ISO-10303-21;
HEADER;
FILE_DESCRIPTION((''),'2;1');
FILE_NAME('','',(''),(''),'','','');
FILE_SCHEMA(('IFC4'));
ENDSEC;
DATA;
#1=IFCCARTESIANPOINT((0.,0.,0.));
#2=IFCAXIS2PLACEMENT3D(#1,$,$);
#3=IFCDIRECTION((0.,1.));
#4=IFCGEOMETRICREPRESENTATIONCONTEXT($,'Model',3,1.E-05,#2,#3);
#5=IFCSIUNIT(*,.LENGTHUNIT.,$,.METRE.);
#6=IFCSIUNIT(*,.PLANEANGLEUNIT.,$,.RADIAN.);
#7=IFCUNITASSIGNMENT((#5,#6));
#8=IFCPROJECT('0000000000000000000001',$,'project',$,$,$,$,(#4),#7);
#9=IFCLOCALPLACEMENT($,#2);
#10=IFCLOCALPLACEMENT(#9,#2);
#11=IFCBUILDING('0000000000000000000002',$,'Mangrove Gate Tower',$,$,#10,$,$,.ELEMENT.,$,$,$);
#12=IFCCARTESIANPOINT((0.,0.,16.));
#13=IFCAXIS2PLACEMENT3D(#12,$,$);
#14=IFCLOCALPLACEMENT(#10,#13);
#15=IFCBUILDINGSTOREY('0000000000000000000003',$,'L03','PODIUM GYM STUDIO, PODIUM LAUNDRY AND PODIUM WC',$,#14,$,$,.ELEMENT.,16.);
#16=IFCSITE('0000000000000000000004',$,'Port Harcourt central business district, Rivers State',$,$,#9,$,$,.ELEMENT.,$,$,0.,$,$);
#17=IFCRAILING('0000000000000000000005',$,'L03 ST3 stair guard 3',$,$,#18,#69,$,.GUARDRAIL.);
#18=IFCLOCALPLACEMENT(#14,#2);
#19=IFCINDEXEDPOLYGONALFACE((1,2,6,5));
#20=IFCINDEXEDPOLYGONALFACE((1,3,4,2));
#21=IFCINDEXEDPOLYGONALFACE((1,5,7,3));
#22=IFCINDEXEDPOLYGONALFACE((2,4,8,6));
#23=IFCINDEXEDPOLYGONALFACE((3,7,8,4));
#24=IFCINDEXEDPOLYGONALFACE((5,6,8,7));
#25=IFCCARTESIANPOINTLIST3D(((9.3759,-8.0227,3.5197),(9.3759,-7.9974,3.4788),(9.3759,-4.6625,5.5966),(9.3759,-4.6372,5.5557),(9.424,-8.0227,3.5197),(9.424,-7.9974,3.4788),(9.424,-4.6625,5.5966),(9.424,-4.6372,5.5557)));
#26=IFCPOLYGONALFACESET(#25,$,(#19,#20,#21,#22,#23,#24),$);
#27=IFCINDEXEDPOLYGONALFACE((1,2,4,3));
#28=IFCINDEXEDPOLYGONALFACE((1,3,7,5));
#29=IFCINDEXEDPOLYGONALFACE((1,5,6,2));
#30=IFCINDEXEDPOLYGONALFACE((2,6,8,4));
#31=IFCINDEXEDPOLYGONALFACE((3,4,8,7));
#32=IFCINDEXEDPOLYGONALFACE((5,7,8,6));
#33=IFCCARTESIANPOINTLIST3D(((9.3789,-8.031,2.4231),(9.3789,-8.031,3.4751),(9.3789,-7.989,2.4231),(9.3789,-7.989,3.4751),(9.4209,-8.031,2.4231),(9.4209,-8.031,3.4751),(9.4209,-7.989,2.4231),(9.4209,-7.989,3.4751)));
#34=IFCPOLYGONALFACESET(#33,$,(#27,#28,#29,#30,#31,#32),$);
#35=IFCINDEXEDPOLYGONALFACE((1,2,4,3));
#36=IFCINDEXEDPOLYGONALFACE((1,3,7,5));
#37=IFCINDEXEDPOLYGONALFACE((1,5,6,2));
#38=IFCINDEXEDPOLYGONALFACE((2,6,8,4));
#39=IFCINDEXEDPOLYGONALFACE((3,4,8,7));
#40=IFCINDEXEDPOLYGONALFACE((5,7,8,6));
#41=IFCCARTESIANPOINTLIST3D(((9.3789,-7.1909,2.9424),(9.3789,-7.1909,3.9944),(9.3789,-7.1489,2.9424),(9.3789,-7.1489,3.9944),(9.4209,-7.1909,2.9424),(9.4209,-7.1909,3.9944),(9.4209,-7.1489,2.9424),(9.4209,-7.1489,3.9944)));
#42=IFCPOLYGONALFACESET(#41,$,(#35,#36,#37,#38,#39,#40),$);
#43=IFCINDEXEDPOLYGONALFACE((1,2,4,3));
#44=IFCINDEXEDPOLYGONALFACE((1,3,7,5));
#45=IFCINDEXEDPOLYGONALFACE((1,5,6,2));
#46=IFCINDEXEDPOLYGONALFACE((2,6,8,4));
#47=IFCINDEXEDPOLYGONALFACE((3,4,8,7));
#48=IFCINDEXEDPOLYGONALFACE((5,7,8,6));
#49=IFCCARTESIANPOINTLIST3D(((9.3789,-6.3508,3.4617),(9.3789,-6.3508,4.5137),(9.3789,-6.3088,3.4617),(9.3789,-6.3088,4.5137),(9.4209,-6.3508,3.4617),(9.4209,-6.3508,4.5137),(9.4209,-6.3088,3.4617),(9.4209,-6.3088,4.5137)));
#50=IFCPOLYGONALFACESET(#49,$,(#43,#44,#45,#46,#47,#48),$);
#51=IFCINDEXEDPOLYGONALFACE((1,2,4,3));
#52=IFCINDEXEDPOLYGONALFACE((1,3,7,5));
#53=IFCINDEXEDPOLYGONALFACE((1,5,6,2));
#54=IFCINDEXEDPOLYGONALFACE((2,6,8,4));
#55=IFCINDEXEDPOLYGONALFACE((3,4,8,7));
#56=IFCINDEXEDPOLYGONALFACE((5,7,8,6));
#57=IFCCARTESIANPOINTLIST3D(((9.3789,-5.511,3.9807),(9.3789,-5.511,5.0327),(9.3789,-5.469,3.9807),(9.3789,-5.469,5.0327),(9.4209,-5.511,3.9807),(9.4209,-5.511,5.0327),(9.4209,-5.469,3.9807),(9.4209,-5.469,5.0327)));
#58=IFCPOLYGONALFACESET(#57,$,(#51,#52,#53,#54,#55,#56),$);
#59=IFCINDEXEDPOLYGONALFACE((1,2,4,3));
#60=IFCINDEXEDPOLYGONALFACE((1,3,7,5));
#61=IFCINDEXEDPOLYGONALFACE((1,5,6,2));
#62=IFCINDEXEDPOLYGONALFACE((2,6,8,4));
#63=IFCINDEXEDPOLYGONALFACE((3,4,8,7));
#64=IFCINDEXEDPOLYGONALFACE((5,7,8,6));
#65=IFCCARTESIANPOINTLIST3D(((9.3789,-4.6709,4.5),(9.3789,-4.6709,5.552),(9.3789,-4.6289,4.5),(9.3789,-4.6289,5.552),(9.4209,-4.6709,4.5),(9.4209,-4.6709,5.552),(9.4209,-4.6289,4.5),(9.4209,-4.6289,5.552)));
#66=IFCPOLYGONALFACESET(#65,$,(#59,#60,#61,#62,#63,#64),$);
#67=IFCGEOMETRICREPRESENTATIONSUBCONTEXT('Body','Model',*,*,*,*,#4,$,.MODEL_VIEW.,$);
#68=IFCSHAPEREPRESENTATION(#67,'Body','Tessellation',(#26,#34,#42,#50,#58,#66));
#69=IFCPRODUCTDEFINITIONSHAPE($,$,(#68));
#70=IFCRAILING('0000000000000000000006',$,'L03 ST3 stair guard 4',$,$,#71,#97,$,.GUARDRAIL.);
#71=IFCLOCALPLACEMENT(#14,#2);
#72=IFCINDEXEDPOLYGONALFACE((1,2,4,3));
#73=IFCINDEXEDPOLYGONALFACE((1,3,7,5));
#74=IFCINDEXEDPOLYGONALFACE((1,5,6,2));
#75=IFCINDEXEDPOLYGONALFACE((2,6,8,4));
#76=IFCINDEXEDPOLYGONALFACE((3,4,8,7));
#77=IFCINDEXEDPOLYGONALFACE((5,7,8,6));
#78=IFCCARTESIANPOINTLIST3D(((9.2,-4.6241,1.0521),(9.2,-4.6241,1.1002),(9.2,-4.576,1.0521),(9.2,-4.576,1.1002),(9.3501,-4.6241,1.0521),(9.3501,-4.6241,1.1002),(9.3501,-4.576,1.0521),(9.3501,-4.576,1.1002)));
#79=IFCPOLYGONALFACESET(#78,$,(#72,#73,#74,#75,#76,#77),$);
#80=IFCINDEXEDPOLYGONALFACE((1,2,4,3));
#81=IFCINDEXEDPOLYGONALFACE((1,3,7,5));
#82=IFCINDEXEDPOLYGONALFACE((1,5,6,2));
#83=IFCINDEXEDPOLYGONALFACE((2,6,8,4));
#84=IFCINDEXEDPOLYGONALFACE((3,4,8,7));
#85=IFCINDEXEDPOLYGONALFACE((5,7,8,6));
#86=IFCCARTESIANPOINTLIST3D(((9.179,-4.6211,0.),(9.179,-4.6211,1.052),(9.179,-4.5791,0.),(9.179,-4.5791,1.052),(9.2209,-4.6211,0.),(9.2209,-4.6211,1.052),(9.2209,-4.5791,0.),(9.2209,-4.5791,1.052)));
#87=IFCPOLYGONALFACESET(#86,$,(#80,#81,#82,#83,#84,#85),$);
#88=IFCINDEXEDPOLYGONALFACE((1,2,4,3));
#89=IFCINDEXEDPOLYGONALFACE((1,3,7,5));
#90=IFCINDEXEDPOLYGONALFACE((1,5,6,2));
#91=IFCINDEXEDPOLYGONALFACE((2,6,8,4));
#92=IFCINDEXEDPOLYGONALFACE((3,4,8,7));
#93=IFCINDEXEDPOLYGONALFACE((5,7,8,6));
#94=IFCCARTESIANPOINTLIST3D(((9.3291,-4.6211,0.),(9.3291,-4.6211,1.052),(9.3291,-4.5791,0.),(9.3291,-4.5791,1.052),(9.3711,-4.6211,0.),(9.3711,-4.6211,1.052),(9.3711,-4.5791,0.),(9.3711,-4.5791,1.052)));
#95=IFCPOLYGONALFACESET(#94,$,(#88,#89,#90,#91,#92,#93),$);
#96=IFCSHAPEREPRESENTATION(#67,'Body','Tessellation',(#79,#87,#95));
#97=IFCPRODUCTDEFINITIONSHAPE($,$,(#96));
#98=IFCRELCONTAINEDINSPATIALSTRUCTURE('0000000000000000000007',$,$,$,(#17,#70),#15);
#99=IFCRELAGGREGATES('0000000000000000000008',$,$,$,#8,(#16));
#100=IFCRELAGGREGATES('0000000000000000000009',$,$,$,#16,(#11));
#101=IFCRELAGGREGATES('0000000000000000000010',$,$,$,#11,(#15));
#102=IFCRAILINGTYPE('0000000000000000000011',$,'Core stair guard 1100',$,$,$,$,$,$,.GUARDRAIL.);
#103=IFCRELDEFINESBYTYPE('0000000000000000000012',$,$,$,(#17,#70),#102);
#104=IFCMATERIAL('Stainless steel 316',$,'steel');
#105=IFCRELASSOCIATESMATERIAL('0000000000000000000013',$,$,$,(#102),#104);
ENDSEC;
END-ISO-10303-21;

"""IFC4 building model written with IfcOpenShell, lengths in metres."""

from ifc_helpers import new_model, si_unit, direction, frame, origin, origin_2d, place, context, subcontext, project, spatial, rectangle, extrude, material, type_object, element, save


model = new_model("IFC4")

# Units and contexts
model_context = context("Model", 3, precision=1e-05, world=origin(), true_north=direction((0.0, 1.0)))
body_context = subcontext(model_context, "Body", "Model", "MODEL_VIEW")
ifc_project = project(units=[si_unit("LENGTHUNIT", "METRE"), si_unit("PLANEANGLEUNIT", "RADIAN")], contexts=[model_context])

# Site, building, storey
site_placement = place(None, origin())
site = spatial("IfcSite", under=ifc_project, at=site_placement, Name="Port Harcourt central business district, Rivers State", CompositionType="ELEMENT", RefElevation=0.0)
building_placement = place(site_placement, origin())
building = spatial("IfcBuilding", under=site, at=building_placement, Name="Mangrove Gate Tower", CompositionType="ELEMENT")
storey_placement = place(building_placement, frame((0.0, 0.0, 16.0)))
storey = spatial("IfcBuildingStorey", under=building, at=storey_placement, Name="L03", Description="PODIUM GYM STUDIO, PODIUM LAUNDRY AND PODIUM WC", CompositionType="ELEMENT", Elevation=16.0)

# Railings
ifc_material_1 = material(Name="Stainless steel 316", Category="steel")
railing_type_1 = type_object("IfcRailingType", Name="Core stair guard 1100", PredefinedType="GUARDRAIL", material=ifc_material_1)
railing_1_placement = place(storey_placement, frame((9.3999, -8.01, 2.4231)))
element("IfcRailing", 1, at=railing_1_placement, inside=storey, type_object=railing_type_1, Name="L03 ST3 stair guard 3", PredefinedType="GUARDRAIL", context=body_context, shape_type="SweptSolid", body=[
    extrude(rectangle(XDim=0.0481, YDim=0.0481, at=origin_2d()), frame((0.0, 0.0, 1.0762), z_axis=(0.0, 0.850623, 0.525776), x_axis=(-1.0, 0.0, 0.0)), (0.0, 0.0, 1.0), 3.9502),
    extrude(rectangle(XDim=0.042, YDim=0.042, at=origin_2d()), origin(), (0.0, 0.0, 1.0), 1.052),
    extrude(rectangle(XDim=0.042, YDim=0.042, at=origin_2d()), frame((0.0, 0.8401, 0.5193)), (0.0, 0.0, 1.0), 1.052),
    extrude(rectangle(XDim=0.042, YDim=0.042, at=origin_2d()), frame((0.0, 1.6802, 1.0386)), (0.0, 0.0, 1.0), 1.052),
    extrude(rectangle(XDim=0.042, YDim=0.042, at=origin_2d()), frame((0.0, 2.52, 1.5576)), (0.0, 0.0, 1.0), 1.052),
    extrude(rectangle(XDim=0.042, YDim=0.042, at=origin_2d()), frame((0.0, 3.3601, 2.0769)), (0.0, 0.0, 1.0), 1.052),
])
railing_2_placement = place(storey_placement, frame((9.2, -4.6001, 0.0)))
element("IfcRailing", 2, at=railing_2_placement, inside=storey, type_object=railing_type_1, Name="L03 ST3 stair guard 4", PredefinedType="GUARDRAIL", context=body_context, shape_type="SweptSolid", body=[
    extrude(rectangle(XDim=0.0481, YDim=0.0481, at=origin_2d()), frame((0.0, 0.0, 1.0762), z_axis=(1.0, 0.0, 0.0), x_axis=(0.0, 1.0, 0.0)), (0.0, 0.0, 1.0), 0.1501),
    extrude(rectangle(XDim=0.042, YDim=0.042, at=origin_2d()), origin(), (0.0, 0.0, 1.0), 1.052),
    extrude(rectangle(XDim=0.042, YDim=0.042, at=origin_2d()), frame((0.1501, 0.0, 0.0)), (0.0, 0.0, 1.0), 1.052),
])

save(model, "model.ifc")
